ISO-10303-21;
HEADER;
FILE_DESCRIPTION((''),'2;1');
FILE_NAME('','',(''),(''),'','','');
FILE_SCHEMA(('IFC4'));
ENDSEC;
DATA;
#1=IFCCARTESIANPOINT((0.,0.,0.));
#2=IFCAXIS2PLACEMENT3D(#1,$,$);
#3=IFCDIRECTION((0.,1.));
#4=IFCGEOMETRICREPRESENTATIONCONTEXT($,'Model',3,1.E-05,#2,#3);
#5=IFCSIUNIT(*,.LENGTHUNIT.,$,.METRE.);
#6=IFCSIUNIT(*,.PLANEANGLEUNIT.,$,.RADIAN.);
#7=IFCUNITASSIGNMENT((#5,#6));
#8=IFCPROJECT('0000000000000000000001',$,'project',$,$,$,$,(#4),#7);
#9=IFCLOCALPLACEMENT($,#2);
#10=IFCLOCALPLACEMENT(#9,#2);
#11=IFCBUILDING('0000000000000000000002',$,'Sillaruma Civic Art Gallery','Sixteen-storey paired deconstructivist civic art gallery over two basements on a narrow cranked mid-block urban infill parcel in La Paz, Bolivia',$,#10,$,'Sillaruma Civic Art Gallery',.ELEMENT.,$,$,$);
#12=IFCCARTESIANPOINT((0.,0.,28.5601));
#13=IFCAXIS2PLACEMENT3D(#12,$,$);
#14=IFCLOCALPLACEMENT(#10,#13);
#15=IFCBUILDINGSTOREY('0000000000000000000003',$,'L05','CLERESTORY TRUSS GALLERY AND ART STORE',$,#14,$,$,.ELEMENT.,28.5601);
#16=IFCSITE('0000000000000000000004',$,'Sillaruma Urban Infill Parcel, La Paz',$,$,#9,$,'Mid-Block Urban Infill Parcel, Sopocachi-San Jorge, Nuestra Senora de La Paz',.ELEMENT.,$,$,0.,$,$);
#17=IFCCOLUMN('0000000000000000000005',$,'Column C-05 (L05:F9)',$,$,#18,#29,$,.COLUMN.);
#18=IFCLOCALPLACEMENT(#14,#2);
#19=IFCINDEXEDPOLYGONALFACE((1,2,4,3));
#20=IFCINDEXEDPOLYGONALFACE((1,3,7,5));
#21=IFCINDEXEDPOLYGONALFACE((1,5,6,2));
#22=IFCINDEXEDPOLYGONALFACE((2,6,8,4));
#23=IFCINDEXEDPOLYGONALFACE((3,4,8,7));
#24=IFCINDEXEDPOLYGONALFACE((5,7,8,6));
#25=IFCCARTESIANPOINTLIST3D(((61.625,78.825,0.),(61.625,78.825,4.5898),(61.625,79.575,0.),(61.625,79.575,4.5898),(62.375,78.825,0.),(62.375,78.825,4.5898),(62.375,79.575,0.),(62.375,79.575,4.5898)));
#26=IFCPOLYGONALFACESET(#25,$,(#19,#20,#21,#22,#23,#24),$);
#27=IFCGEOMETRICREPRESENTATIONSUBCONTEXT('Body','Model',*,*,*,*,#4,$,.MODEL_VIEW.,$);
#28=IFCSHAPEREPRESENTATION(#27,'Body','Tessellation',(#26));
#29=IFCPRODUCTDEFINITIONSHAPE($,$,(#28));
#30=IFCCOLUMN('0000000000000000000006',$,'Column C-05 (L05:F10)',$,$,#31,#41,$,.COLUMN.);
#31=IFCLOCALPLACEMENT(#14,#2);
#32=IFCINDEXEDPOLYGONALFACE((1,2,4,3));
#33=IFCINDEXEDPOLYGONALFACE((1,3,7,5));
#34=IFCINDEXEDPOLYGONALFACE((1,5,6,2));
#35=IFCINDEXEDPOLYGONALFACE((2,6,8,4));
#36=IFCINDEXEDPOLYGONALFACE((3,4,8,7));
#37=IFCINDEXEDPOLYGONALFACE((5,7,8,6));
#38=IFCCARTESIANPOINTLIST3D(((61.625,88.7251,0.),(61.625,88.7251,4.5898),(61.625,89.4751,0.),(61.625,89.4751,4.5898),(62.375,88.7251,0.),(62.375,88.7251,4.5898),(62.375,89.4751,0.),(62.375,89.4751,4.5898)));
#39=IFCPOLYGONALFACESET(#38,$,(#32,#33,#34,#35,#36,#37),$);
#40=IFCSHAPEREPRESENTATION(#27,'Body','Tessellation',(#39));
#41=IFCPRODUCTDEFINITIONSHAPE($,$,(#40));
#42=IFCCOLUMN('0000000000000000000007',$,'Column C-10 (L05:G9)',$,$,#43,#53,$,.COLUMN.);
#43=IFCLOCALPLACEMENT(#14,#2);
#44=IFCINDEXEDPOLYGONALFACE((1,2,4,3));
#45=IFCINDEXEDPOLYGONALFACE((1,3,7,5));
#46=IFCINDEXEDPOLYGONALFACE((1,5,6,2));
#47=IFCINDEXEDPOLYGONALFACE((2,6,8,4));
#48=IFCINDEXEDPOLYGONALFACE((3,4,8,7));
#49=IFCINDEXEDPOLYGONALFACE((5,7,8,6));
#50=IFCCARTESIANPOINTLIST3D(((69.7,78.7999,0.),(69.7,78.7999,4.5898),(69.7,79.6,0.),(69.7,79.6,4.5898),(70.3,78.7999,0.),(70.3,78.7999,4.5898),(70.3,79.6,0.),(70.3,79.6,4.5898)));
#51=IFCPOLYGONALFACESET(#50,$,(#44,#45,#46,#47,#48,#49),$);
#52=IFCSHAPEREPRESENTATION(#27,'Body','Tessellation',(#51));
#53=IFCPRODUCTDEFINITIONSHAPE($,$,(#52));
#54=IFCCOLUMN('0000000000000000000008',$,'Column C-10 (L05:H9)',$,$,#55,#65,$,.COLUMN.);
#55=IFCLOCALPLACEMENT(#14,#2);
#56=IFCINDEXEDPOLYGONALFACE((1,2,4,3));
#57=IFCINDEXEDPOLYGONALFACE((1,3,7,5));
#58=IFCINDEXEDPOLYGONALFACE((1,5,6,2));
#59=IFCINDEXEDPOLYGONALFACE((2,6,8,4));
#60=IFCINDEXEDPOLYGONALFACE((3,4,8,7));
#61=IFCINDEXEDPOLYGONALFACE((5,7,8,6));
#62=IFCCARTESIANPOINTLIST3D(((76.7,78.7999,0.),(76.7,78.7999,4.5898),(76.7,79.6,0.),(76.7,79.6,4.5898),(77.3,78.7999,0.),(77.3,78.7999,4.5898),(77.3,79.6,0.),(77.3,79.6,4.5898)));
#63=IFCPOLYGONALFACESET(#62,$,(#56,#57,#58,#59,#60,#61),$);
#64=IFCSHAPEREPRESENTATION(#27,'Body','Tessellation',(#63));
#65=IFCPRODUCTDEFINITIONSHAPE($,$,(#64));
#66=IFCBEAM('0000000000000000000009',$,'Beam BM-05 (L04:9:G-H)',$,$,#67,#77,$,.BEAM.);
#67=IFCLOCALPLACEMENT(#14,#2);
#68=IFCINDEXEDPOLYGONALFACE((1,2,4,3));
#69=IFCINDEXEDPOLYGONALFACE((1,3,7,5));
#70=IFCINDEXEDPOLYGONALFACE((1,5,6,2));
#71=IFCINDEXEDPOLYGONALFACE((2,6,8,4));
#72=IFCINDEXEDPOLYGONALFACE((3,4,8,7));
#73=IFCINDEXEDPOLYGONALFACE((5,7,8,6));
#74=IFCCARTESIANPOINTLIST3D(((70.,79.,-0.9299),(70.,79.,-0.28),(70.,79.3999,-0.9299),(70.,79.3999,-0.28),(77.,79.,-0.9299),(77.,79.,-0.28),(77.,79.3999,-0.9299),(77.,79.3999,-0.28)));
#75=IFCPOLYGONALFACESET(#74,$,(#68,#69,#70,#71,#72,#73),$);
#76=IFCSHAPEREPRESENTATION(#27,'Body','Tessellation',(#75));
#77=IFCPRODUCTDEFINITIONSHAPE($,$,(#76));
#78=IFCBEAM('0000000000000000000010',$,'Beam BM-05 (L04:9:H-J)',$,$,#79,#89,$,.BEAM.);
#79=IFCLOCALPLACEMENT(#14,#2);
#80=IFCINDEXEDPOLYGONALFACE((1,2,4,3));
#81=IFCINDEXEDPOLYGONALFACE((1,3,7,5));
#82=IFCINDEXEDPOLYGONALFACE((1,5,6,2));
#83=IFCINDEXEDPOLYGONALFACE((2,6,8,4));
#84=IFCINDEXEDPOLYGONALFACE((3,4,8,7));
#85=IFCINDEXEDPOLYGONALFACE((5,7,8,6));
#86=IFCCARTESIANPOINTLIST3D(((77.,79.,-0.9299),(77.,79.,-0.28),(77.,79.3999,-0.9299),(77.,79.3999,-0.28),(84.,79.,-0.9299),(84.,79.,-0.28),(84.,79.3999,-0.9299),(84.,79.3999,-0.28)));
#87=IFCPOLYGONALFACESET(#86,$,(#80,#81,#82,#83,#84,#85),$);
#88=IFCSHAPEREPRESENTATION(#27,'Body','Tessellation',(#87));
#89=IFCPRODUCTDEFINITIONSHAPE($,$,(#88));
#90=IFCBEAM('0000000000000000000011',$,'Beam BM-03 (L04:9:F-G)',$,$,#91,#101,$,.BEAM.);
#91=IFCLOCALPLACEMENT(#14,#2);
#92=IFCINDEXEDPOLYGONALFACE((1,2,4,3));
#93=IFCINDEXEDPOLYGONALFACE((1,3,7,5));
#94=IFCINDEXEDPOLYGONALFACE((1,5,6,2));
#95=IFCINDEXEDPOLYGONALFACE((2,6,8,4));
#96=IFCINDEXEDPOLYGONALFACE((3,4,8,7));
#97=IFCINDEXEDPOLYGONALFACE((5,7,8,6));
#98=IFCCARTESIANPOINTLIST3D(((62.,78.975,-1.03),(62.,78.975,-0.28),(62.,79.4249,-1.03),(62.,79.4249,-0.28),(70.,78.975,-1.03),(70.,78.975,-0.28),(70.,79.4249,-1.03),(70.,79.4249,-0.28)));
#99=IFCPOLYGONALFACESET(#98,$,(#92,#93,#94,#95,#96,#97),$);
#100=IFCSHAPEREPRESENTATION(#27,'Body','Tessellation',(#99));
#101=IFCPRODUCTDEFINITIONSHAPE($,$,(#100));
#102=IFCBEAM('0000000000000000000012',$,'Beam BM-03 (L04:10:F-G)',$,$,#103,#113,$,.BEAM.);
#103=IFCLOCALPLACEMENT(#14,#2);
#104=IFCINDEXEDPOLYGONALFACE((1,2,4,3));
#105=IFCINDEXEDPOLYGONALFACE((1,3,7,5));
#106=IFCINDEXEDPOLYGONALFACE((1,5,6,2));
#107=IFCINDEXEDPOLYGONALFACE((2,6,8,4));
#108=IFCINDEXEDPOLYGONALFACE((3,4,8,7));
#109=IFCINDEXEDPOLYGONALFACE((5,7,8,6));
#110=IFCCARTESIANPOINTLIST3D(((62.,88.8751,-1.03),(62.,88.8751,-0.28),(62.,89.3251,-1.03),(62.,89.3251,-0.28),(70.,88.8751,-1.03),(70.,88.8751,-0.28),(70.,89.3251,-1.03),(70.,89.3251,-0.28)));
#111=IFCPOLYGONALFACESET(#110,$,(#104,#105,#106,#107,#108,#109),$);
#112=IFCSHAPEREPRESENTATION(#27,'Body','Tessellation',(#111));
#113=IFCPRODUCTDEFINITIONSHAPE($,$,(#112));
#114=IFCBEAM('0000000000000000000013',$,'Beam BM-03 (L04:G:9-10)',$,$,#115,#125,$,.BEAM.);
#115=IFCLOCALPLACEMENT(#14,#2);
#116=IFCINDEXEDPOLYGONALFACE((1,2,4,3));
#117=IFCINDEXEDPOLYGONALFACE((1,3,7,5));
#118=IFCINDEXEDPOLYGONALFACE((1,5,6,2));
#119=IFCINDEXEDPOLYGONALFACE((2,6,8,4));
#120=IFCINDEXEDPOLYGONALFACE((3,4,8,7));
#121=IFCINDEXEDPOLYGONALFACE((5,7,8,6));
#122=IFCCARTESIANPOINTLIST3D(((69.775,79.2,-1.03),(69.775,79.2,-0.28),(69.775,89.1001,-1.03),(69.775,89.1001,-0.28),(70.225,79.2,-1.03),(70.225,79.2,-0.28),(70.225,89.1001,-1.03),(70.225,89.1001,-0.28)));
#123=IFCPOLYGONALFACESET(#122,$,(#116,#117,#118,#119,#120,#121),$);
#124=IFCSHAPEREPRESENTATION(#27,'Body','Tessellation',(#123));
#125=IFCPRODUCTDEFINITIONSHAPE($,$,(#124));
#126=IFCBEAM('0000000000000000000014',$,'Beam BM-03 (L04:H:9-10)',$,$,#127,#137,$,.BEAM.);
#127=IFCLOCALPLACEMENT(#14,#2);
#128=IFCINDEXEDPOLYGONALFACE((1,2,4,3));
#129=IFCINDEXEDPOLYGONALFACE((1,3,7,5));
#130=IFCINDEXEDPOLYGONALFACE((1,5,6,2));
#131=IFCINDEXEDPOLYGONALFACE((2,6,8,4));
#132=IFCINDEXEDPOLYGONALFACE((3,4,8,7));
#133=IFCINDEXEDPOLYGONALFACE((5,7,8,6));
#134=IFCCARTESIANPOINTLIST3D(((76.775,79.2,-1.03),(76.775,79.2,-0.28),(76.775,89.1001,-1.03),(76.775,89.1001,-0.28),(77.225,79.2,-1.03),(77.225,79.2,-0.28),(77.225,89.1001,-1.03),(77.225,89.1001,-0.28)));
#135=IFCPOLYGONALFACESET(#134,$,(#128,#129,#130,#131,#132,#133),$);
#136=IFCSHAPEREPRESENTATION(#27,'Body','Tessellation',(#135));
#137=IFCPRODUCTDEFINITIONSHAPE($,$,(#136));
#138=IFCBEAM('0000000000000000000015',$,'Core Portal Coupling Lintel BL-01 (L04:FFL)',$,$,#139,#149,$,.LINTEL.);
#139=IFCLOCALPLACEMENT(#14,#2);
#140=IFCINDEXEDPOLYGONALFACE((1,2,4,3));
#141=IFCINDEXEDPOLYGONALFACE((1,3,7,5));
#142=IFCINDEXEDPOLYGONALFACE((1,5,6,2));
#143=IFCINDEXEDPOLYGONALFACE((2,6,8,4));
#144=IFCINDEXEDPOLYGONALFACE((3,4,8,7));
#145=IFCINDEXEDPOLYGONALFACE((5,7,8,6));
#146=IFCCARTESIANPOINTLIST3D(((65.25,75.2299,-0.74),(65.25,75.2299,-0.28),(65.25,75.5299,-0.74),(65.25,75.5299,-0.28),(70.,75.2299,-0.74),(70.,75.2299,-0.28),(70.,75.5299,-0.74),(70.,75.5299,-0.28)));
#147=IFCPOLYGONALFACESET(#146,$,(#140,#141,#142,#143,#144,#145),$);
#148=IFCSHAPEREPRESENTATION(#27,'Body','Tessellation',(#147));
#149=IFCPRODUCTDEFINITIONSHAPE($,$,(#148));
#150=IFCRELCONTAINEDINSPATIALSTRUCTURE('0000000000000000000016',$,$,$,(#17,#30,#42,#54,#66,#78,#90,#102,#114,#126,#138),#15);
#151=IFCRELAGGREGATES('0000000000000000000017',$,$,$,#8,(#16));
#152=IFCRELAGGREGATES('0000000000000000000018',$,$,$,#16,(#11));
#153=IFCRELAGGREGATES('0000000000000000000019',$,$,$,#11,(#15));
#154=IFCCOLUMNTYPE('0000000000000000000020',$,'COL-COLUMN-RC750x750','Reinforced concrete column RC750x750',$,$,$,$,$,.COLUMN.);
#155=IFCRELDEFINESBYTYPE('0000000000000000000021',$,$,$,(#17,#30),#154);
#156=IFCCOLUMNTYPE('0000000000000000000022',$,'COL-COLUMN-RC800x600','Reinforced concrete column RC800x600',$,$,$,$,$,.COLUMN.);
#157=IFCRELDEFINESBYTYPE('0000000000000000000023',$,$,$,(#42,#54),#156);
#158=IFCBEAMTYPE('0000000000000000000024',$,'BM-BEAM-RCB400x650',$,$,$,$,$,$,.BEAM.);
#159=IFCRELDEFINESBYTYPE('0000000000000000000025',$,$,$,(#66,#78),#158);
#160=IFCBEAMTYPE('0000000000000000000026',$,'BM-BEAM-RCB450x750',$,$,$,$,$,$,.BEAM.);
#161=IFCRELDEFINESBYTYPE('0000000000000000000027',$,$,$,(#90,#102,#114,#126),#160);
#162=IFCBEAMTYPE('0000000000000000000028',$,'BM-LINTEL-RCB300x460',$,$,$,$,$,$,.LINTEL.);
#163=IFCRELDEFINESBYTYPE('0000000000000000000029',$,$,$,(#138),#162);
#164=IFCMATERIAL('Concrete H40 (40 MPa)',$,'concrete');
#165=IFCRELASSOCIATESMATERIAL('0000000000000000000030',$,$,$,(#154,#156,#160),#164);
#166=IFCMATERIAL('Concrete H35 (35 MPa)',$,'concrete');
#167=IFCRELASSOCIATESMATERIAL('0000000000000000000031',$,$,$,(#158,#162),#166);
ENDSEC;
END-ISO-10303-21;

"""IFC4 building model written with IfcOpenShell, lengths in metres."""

from ifc_helpers import new_model, si_unit, direction, frame, origin, origin_2d, place, context, subcontext, project, spatial, rectangle, extrude, material, material_profile, profile_set, type_object, element, save


model = new_model("IFC4")

# Units and contexts
model_context = context("Model", 3, precision=1e-05, world=origin(), true_north=direction((0.0, 1.0)))
body_context = subcontext(model_context, "Body", "Model", "MODEL_VIEW")
ifc_project = project(units=[si_unit("LENGTHUNIT", "METRE"), si_unit("PLANEANGLEUNIT", "RADIAN")], contexts=[model_context])

# Site, building, storey
site_placement = place(None, origin())
site = spatial("IfcSite", under=ifc_project, at=site_placement, Name="Sillaruma Urban Infill Parcel, La Paz", LongName="Mid-Block Urban Infill Parcel, Sopocachi-San Jorge, Nuestra Senora de La Paz", CompositionType="ELEMENT", RefElevation=0.0)
building_placement = place(site_placement, origin())
building = spatial("IfcBuilding", under=site, at=building_placement, Name="Sillaruma Civic Art Gallery", Description="Sixteen-storey paired deconstructivist civic art gallery over two basements on a narrow cranked mid-block urban infill parcel in La Paz, Bolivia", LongName="Sillaruma Civic Art Gallery", CompositionType="ELEMENT")
storey_placement = place(building_placement, frame((0.0, 0.0, 28.5601)))
storey = spatial("IfcBuildingStorey", under=building, at=storey_placement, Name="L05", Description="CLERESTORY TRUSS GALLERY AND ART STORE", CompositionType="ELEMENT", Elevation=28.5601)

# Columns
ifc_material_1 = material(Name="Concrete H40 (40 MPa)", Category="concrete")
ifc_material_profile_1 = material_profile(ifc_material_1, rectangle(XDim=0.75, YDim=0.75, at=origin_2d()), Name="RC750x750")
ifc_profile_set_1 = profile_set([ifc_material_profile_1], Name="Concrete H40 (40 MPa)")
column_type_1 = type_object("IfcColumnType", Name="COL-COLUMN-RC750x750", Description="Reinforced concrete column RC750x750", PredefinedType="COLUMN", material=ifc_profile_set_1)
for number, where, z_axis, x_axis, name in (
    (1, (62.0, 79.2, 0.0), (0.0, 0.0, 1.0), (1.0, 0.0, 0.0), "Column C-05 (L05:F9)"),
    (2, (62.0, 89.1001, 0.0), (0.0, 0.0, 1.0), (1.0, 0.0, 0.0), "Column C-05 (L05:F10)"),
):
    element("IfcColumn", number, at=place(storey_placement, frame(where, z_axis=z_axis, x_axis=x_axis)), inside=storey, type_object=column_type_1, Name=name, PredefinedType="COLUMN", context=body_context, shape_type="SweptSolid", body=[
        extrude(rectangle(XDim=0.75, YDim=0.75, at=origin_2d()), origin(), (0.0, 0.0, 1.0), 4.5898),
    ])
ifc_material_profile_2 = material_profile(ifc_material_1, rectangle(XDim=0.6001, YDim=0.8, at=origin_2d()), Name="RC800x600")
ifc_profile_set_2 = profile_set([ifc_material_profile_2], Name="Concrete H40 (40 MPa)")
column_type_2 = type_object("IfcColumnType", Name="COL-COLUMN-RC800x600", Description="Reinforced concrete column RC800x600", PredefinedType="COLUMN", material=ifc_profile_set_2)
for number, where, z_axis, x_axis, name in (
    (3, (70.0, 79.2, 0.0), (0.0, 0.0, 1.0), (1.0, 0.0, 0.0), "Column C-10 (L05:G9)"),
    (4, (77.0, 79.2, 0.0), (0.0, 0.0, 1.0), (1.0, 0.0, 0.0), "Column C-10 (L05:H9)"),
):
    element("IfcColumn", number, at=place(storey_placement, frame(where, z_axis=z_axis, x_axis=x_axis)), inside=storey, type_object=column_type_2, Name=name, PredefinedType="COLUMN", context=body_context, shape_type="SweptSolid", body=[
        extrude(rectangle(XDim=0.6001, YDim=0.8, at=origin_2d()), origin(), (0.0, 0.0, 1.0), 4.5898),
    ])

# Beams
ifc_material_2 = material(Name="Concrete H35 (35 MPa)", Category="concrete")
ifc_material_profile_3 = material_profile(ifc_material_2, rectangle(XDim=0.3999, YDim=0.6499, at=origin_2d()), Name="RCB400x650")
ifc_profile_set_3 = profile_set([ifc_material_profile_3], Name="Concrete H35 (35 MPa)")
beam_type_1 = type_object("IfcBeamType", Name="BM-BEAM-RCB400x650", PredefinedType="BEAM", material=ifc_profile_set_3)
for number, where, z_axis, x_axis, name in (
    (5, (70.0, 79.2, -0.605), (1.0, 0.0, 0.0), (0.0, 1.0, 0.0), "Beam BM-05 (L04:9:G-H)"),
    (6, (77.0, 79.2, -0.605), (1.0, 0.0, 0.0), (0.0, 1.0, 0.0), "Beam BM-05 (L04:9:H-J)"),
):
    element("IfcBeam", number, at=place(storey_placement, frame(where, z_axis=z_axis, x_axis=x_axis)), inside=storey, type_object=beam_type_1, Name=name, PredefinedType="BEAM", context=body_context, shape_type="SweptSolid", body=[
        extrude(rectangle(XDim=0.3999, YDim=0.6499, at=origin_2d()), origin(), (0.0, 0.0, 1.0), 7.0),
    ])
ifc_material_profile_4 = material_profile(ifc_material_1, rectangle(XDim=0.45, YDim=0.75, at=origin_2d()), Name="RCB450x750")
ifc_profile_set_4 = profile_set([ifc_material_profile_4], Name="Concrete H40 (40 MPa)")
beam_type_2 = type_object("IfcBeamType", Name="BM-BEAM-RCB450x750", PredefinedType="BEAM", material=ifc_profile_set_4)
for number, where, z_axis, x_axis, name in (
    (7, (62.0, 79.2, -0.655), (1.0, 0.0, 0.0), (0.0, 1.0, 0.0), "Beam BM-03 (L04:9:F-G)"),
    (8, (62.0, 89.1001, -0.655), (1.0, 0.0, 0.0), (0.0, 1.0, 0.0), "Beam BM-03 (L04:10:F-G)"),
):
    element("IfcBeam", number, at=place(storey_placement, frame(where, z_axis=z_axis, x_axis=x_axis)), inside=storey, type_object=beam_type_2, Name=name, PredefinedType="BEAM", context=body_context, shape_type="SweptSolid", body=[
        extrude(rectangle(XDim=0.45, YDim=0.75, at=origin_2d()), origin(), (0.0, 0.0, 1.0), 8.0),
    ])
for number, where, z_axis, x_axis, name in (
    (9, (70.0, 79.2, -0.655), (0.0, 1.0, 0.0), (-1.0, 0.0, 0.0), "Beam BM-03 (L04:G:9-10)"),
    (10, (77.0, 79.2, -0.655), (0.0, 1.0, 0.0), (-1.0, 0.0, 0.0), "Beam BM-03 (L04:H:9-10)"),
):
    element("IfcBeam", number, at=place(storey_placement, frame(where, z_axis=z_axis, x_axis=x_axis)), inside=storey, type_object=beam_type_2, Name=name, PredefinedType="BEAM", context=body_context, shape_type="SweptSolid", body=[
        extrude(rectangle(XDim=0.45, YDim=0.75, at=origin_2d()), origin(), (0.0, 0.0, 1.0), 9.9001),
    ])
ifc_material_profile_5 = material_profile(ifc_material_2, rectangle(XDim=0.3, YDim=0.46, at=origin_2d()), Name="RCB300x460")
ifc_profile_set_5 = profile_set([ifc_material_profile_5], Name="Concrete H35 (35 MPa)")
beam_type_3 = type_object("IfcBeamType", Name="BM-LINTEL-RCB300x460", PredefinedType="LINTEL", material=ifc_profile_set_5)
beam_1_placement = place(storey_placement, frame((65.25, 75.3799, -0.51), z_axis=(1.0, 0.0, 0.0), x_axis=(0.0, 1.0, 0.0)))
element("IfcBeam", 11, at=beam_1_placement, inside=storey, type_object=beam_type_3, Name="Core Portal Coupling Lintel BL-01 (L04:FFL)", PredefinedType="LINTEL", context=body_context, shape_type="SweptSolid", body=[
    extrude(rectangle(XDim=0.3, YDim=0.46, at=origin_2d()), origin(), (0.0, 0.0, 1.0), 4.75),
])

save(model, "model.ifc")
